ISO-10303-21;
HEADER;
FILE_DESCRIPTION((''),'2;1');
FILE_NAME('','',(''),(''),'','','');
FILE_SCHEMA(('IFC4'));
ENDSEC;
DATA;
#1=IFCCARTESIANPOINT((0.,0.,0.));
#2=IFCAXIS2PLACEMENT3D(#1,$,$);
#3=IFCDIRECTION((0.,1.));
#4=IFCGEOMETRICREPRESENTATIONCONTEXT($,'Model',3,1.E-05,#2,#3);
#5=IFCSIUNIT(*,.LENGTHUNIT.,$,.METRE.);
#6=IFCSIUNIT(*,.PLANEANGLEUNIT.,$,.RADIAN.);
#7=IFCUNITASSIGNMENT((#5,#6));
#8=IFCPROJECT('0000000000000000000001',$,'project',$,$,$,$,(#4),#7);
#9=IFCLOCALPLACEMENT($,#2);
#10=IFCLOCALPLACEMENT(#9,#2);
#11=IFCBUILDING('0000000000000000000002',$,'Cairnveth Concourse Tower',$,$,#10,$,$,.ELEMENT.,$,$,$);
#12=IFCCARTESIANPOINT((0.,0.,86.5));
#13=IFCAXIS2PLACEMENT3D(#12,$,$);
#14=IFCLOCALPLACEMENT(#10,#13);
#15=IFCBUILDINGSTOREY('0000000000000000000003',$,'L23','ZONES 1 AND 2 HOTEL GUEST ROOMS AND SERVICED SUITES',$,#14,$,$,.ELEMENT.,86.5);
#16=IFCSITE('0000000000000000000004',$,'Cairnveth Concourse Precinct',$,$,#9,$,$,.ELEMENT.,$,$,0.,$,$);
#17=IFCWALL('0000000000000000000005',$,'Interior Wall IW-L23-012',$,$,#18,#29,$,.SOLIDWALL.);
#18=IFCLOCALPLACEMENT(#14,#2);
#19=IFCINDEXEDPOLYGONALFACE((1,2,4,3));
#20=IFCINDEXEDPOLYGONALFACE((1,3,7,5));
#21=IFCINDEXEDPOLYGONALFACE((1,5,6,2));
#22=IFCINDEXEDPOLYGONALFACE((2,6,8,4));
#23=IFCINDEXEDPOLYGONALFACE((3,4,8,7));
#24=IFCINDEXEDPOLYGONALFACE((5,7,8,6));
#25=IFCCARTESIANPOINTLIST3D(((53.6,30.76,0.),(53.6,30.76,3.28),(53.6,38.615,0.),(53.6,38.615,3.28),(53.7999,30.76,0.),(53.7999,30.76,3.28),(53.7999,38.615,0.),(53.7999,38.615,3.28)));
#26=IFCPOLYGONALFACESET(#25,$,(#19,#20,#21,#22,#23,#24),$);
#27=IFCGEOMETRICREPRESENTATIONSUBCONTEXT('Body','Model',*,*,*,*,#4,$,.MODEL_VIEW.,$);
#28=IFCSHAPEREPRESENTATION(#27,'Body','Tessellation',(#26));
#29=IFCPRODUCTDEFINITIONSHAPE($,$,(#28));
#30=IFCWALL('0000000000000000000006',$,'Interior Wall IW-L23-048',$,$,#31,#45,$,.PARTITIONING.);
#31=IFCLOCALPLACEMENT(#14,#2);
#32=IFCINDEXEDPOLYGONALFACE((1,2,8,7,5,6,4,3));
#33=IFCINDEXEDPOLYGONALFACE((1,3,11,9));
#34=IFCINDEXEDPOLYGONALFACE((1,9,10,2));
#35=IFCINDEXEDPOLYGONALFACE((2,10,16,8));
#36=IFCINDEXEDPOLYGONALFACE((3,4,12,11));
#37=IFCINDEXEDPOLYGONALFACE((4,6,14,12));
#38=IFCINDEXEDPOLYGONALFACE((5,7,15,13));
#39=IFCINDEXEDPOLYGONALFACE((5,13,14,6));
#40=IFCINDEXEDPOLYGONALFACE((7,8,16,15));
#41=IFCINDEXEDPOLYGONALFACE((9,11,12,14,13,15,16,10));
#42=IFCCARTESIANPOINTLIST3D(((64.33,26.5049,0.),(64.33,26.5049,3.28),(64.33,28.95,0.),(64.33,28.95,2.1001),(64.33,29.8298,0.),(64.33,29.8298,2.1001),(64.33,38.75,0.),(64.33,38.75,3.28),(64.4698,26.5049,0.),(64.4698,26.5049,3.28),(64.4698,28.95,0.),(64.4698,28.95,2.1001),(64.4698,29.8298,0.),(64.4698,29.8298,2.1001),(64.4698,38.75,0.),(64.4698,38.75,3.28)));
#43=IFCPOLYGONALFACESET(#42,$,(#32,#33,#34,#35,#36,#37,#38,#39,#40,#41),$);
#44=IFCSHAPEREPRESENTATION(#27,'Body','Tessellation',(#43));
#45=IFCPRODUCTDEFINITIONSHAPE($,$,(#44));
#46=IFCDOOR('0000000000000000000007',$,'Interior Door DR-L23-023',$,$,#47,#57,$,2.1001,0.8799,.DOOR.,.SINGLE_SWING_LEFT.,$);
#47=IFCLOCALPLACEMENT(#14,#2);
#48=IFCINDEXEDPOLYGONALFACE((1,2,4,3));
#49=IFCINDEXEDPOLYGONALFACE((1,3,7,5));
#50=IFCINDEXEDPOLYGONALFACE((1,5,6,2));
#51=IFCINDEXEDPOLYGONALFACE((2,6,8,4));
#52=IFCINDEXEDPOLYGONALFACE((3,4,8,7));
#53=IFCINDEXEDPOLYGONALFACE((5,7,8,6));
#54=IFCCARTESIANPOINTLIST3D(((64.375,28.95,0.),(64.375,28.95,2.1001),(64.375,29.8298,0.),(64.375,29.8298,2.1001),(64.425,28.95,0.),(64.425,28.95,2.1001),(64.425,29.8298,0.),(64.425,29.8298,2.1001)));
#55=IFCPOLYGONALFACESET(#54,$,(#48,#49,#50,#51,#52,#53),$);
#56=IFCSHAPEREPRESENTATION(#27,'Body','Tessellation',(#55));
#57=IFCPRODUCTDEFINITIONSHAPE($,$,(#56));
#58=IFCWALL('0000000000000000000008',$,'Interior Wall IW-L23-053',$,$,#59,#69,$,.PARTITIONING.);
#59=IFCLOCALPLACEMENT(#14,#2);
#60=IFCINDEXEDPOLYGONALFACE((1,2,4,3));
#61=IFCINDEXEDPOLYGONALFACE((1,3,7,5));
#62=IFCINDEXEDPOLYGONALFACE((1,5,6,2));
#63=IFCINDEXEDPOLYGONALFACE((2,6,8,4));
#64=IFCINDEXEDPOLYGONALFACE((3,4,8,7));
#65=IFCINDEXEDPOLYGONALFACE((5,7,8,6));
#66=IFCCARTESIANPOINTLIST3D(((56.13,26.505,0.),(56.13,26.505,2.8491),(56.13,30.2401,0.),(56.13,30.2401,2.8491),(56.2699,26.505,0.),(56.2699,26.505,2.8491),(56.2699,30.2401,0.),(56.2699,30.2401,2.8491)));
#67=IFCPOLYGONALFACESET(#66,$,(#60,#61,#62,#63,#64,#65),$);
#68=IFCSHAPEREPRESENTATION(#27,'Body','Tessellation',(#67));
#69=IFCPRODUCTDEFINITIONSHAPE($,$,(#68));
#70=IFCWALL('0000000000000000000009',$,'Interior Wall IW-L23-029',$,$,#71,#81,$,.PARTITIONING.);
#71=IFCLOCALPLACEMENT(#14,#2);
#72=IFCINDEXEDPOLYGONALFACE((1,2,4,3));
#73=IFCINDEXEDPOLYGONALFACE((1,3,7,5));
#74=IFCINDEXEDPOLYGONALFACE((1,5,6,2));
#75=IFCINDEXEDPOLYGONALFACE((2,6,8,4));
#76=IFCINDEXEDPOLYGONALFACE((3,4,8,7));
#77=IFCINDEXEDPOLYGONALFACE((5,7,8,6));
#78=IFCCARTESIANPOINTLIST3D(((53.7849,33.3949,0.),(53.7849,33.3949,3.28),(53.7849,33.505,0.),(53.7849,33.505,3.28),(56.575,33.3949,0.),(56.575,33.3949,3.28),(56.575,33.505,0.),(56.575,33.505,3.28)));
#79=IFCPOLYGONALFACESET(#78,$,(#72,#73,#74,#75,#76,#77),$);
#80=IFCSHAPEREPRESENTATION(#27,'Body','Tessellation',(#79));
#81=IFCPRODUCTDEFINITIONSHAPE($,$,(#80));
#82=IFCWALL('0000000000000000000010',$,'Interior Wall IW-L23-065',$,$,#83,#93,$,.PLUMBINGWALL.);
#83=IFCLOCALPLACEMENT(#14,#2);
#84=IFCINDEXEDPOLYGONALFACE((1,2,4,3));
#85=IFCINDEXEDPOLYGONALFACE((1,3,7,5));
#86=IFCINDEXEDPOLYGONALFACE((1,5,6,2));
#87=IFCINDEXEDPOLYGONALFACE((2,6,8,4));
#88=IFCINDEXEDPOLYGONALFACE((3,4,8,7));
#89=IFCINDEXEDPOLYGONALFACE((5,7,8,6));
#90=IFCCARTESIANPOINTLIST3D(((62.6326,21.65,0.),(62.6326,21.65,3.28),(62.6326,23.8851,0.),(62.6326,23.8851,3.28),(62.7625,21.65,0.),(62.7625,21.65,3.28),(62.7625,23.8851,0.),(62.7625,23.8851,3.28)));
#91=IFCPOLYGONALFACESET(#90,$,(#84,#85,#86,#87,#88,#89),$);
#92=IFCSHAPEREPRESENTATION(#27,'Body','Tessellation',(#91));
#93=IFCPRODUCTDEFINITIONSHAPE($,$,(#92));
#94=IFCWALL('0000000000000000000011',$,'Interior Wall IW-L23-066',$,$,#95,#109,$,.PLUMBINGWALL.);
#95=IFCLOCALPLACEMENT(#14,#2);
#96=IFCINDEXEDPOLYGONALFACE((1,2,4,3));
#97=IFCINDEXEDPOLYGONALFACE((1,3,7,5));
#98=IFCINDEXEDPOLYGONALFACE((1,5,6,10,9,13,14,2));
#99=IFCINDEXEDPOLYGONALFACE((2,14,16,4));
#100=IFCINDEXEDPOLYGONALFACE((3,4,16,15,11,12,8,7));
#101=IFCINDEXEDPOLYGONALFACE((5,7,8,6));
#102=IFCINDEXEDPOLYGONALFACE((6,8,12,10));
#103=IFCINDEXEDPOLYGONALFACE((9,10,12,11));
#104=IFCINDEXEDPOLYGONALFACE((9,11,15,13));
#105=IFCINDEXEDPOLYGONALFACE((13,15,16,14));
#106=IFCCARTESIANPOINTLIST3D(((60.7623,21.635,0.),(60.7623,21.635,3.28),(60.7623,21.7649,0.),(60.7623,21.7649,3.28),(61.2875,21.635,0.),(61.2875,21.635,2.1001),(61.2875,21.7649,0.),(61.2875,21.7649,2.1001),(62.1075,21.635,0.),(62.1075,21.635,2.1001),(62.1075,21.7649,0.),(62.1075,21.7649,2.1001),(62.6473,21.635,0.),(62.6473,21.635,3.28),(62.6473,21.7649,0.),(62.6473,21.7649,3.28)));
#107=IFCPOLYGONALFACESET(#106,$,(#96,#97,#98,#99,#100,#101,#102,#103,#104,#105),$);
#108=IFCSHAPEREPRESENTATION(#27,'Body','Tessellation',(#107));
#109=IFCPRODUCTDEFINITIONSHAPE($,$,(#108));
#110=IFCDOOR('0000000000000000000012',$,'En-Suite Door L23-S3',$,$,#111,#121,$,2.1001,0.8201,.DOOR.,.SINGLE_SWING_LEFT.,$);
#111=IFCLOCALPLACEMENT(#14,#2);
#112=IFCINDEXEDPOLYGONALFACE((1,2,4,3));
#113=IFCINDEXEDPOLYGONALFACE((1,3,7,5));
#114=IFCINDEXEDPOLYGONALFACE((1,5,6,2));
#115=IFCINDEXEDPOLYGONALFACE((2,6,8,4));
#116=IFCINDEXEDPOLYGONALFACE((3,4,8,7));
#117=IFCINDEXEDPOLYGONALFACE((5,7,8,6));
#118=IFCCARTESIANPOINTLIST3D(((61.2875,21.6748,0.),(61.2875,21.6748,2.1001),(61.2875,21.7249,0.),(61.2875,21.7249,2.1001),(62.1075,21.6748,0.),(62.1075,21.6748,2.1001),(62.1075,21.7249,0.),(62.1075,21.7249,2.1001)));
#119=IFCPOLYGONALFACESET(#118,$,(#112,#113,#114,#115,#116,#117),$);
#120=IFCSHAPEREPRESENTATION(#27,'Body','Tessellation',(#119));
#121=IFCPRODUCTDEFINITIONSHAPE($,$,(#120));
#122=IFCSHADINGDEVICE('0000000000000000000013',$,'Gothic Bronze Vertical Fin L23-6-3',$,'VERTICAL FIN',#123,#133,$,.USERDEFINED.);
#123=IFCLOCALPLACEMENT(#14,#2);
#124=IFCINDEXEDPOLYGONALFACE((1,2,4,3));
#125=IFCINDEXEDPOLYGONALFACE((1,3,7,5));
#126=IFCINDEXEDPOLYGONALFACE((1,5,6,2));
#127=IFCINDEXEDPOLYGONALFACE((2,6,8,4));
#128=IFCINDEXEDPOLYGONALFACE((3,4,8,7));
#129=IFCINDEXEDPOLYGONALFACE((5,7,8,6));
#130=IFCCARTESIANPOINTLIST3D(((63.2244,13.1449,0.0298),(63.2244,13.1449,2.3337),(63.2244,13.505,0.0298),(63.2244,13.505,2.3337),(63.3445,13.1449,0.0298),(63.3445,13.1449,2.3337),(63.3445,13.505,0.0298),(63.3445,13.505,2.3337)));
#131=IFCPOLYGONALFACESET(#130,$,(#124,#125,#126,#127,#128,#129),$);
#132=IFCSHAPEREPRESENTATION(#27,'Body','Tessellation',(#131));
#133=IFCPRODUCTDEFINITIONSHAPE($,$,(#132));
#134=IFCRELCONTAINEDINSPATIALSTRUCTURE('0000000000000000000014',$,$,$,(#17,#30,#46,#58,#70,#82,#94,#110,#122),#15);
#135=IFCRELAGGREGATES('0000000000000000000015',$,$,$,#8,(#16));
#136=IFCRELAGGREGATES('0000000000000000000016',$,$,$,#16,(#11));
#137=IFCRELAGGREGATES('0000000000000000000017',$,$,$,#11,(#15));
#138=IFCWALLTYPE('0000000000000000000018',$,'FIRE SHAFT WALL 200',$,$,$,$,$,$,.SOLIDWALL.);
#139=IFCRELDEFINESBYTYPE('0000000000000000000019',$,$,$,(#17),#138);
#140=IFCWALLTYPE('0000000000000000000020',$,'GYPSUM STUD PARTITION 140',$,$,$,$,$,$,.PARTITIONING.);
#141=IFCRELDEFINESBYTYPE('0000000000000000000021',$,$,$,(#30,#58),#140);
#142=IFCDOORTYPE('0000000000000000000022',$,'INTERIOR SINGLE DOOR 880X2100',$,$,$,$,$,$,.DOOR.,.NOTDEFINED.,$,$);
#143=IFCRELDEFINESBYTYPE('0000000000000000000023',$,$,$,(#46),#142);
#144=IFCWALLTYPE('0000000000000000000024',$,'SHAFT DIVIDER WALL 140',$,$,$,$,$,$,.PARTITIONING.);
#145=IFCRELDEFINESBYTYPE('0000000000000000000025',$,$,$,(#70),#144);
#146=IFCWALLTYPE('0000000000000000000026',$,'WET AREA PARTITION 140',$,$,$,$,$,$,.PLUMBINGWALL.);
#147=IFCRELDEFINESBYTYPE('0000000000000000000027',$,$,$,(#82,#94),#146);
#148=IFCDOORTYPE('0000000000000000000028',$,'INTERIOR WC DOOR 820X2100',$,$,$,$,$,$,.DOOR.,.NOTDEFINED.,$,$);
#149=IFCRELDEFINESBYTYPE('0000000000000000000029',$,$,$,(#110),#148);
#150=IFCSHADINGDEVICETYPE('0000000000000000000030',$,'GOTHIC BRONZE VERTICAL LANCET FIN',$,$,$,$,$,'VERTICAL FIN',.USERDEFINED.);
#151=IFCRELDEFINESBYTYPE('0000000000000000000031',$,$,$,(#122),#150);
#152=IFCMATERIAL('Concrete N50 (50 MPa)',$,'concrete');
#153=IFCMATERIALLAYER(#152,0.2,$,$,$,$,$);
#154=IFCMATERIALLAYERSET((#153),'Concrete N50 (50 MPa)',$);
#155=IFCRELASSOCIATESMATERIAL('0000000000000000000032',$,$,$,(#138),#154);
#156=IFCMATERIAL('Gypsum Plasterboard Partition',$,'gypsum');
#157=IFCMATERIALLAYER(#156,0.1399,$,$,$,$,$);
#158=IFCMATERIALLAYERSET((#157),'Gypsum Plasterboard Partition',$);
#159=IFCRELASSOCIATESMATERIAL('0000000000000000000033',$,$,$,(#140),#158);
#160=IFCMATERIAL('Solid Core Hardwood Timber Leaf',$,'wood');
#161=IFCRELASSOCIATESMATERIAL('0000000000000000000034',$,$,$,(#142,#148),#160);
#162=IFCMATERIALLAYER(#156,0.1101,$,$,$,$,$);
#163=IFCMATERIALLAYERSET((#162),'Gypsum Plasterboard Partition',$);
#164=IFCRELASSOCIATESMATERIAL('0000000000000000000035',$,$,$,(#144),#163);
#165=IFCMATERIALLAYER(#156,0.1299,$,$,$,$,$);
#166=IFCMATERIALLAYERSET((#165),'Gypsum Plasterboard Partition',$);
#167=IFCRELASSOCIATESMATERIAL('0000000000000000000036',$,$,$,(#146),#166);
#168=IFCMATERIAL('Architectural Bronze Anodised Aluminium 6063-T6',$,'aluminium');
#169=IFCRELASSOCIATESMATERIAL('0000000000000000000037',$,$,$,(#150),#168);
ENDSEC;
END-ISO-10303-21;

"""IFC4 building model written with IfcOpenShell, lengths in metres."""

from ifc_helpers import new_model, si_unit, direction, frame, frame_2d, origin, origin_2d, place, context, subcontext, project, spatial, rectangle, extrude, material, layer, layer_set, type_object, element, fill, save


model = new_model("IFC4")

# Units and contexts
model_context = context("Model", 3, precision=1e-05, world=origin(), true_north=direction((0.0, 1.0)))
body_context = subcontext(model_context, "Body", "Model", "MODEL_VIEW")
ifc_project = project(units=[si_unit("LENGTHUNIT", "METRE"), si_unit("PLANEANGLEUNIT", "RADIAN")], contexts=[model_context])

# Site, building, storey
site_placement = place(None, origin())
site = spatial("IfcSite", under=ifc_project, at=site_placement, Name="Cairnveth Concourse Precinct", CompositionType="ELEMENT", RefElevation=0.0)
building_placement = place(site_placement, origin())
building = spatial("IfcBuilding", under=site, at=building_placement, Name="Cairnveth Concourse Tower", CompositionType="ELEMENT")
storey_placement = place(building_placement, frame((0.0, 0.0, 86.5)))
storey = spatial("IfcBuildingStorey", under=building, at=storey_placement, Name="L23", Description="ZONES 1 AND 2 HOTEL GUEST ROOMS AND SERVICED SUITES", CompositionType="ELEMENT", Elevation=86.5)

# Wall
ifc_material_1 = material(Name="Gypsum Plasterboard Partition", Category="gypsum")
ifc_material_2 = material(Name="Concrete N50 (50 MPa)", Category="concrete")
ifc_layer_1 = layer(ifc_material_2, 0.2)
ifc_layer_set_1 = layer_set([ifc_layer_1], Name="Concrete N50 (50 MPa)")
wall_type_1 = type_object("IfcWallType", Name="FIRE SHAFT WALL 200", PredefinedType="SOLIDWALL", material=ifc_layer_set_1)
wall_1_placement = place(storey_placement, frame((53.7, 30.76, 0.0), z_axis=(0.0, 0.0, 1.0), x_axis=(0.0, 1.0, 0.0)))
element("IfcWall", 1, at=wall_1_placement, inside=storey, type_object=wall_type_1, Name="Interior Wall IW-L23-012", PredefinedType="SOLIDWALL", context=body_context, shape_type="SweptSolid", body=[
    extrude(rectangle(XDim=7.855, YDim=0.2, at=frame_2d((3.9275, 0.0))), origin(), (0.0, 0.0, 1.0), 3.28),
])

# Wall, opening, door
ifc_layer_2 = layer(ifc_material_1, 0.1399)
ifc_layer_set_2 = layer_set([ifc_layer_2], Name="Gypsum Plasterboard Partition")
wall_type_2 = type_object("IfcWallType", Name="GYPSUM STUD PARTITION 140", PredefinedType="PARTITIONING", material=ifc_layer_set_2)
wall_2_placement = place(storey_placement, frame((64.3999, 26.5049, 0.0), z_axis=(0.0, 0.0, 1.0), x_axis=(0.0, 1.0, 0.0)))
wall_2 = element("IfcWall", 2, at=wall_2_placement, inside=storey, type_object=wall_type_2, Name="Interior Wall IW-L23-048", PredefinedType="PARTITIONING", context=body_context, shape_type="SweptSolid", body=[
    extrude(rectangle(XDim=12.2451, YDim=0.1399, at=frame_2d((6.1226, 0.0))), origin(), (0.0, 0.0, 1.0), 3.28),
])
opening_1_placement = place(wall_2_placement, frame((2.4451, 0.0, 0.0)))
opening_1 = element("IfcOpeningElement", 3, at=opening_1_placement, cuts=wall_2, PredefinedType="OPENING", context=body_context, shape_type="SweptSolid", body=[
    extrude(rectangle(XDim=0.8799, YDim=2.1001, at=frame_2d((0.4399, 1.05))), frame((0.0, 0.0798, 0.0), z_axis=(0.0, -1.0, 0.0), x_axis=(1.0, 0.0, 0.0)), (0.0, 0.0, 1.0), 0.1599),
])
ifc_material_3 = material(Name="Solid Core Hardwood Timber Leaf", Category="wood")
door_type_1 = type_object("IfcDoorType", Name="INTERIOR SINGLE DOOR 880X2100", OperationType="NOTDEFINED", PredefinedType="DOOR", material=ifc_material_3)
door_1_placement = place(opening_1_placement, origin())
door_1 = element("IfcDoor", 4, at=door_1_placement, inside=storey, type_object=door_type_1, Name="Interior Door DR-L23-023", OperationType="SINGLE_SWING_LEFT", OverallHeight=2.1001, OverallWidth=0.8799, PredefinedType="DOOR", context=body_context, shape_type="SweptSolid", body=[
    extrude(rectangle(XDim=0.8799, YDim=2.1001, at=frame_2d((0.4399, 1.05))), frame((0.0, 0.0249, 0.0), z_axis=(0.0, -1.0, 0.0), x_axis=(1.0, 0.0, 0.0)), (0.0, 0.0, 1.0), 0.05),
])
fill(opening_1, door_1)

# Walls
wall_3_placement = place(storey_placement, frame((56.2, 26.5049, 0.0), z_axis=(0.0, 0.0, 1.0), x_axis=(0.0, 1.0, 0.0)))
element("IfcWall", 5, at=wall_3_placement, inside=storey, type_object=wall_type_2, Name="Interior Wall IW-L23-053", PredefinedType="PARTITIONING", context=body_context, shape_type="SweptSolid", body=[
    extrude(rectangle(XDim=3.7351, YDim=0.1399, at=frame_2d((1.8677, 0.0))), origin(), (0.0, 0.0, 1.0), 2.8491),
])
ifc_layer_3 = layer(ifc_material_1, 0.1101)
ifc_layer_set_3 = layer_set([ifc_layer_3], Name="Gypsum Plasterboard Partition")
wall_type_3 = type_object("IfcWallType", Name="SHAFT DIVIDER WALL 140", PredefinedType="PARTITIONING", material=ifc_layer_set_3)
wall_4_placement = place(storey_placement, frame((53.7849, 33.45, 0.0), z_axis=(0.0, 0.0, 1.0), x_axis=(1.0, 0.0, 0.0)))
element("IfcWall", 6, at=wall_4_placement, inside=storey, type_object=wall_type_3, Name="Interior Wall IW-L23-029", PredefinedType="PARTITIONING", context=body_context, shape_type="SweptSolid", body=[
    extrude(rectangle(XDim=2.79, YDim=0.1101, at=frame_2d((1.395, 0.0))), origin(), (0.0, 0.0, 1.0), 3.28),
])
ifc_layer_4 = layer(ifc_material_1, 0.1299)
ifc_layer_set_4 = layer_set([ifc_layer_4], Name="Gypsum Plasterboard Partition")
wall_type_4 = type_object("IfcWallType", Name="WET AREA PARTITION 140", PredefinedType="PLUMBINGWALL", material=ifc_layer_set_4)
wall_5_placement = place(storey_placement, frame((62.6975, 21.6499, 0.0), z_axis=(0.0, 0.0, 1.0), x_axis=(0.0, 1.0, 0.0)))
element("IfcWall", 7, at=wall_5_placement, inside=storey, type_object=wall_type_4, Name="Interior Wall IW-L23-065", PredefinedType="PLUMBINGWALL", context=body_context, shape_type="SweptSolid", body=[
    extrude(rectangle(XDim=2.2351, YDim=0.1299, at=frame_2d((1.1177, 0.0))), origin(), (0.0, 0.0, 1.0), 3.28),
])

# Wall, opening, door
wall_6_placement = place(storey_placement, frame((60.7625, 21.7, 0.0), z_axis=(0.0, 0.0, 1.0), x_axis=(1.0, 0.0, 0.0)))
wall_6 = element("IfcWall", 8, at=wall_6_placement, inside=storey, type_object=wall_type_4, Name="Interior Wall IW-L23-066", PredefinedType="PLUMBINGWALL", context=body_context, shape_type="SweptSolid", body=[
    extrude(rectangle(XDim=1.885, YDim=0.1299, at=frame_2d((0.9424, 0.0))), origin(), (0.0, 0.0, 1.0), 3.28),
])
opening_2_placement = place(wall_6_placement, frame((0.5249, 0.0, 0.0)))
opening_2 = element("IfcOpeningElement", 9, at=opening_2_placement, cuts=wall_6, PredefinedType="OPENING", context=body_context, shape_type="SweptSolid", body=[
    extrude(rectangle(XDim=0.8201, YDim=2.1001, at=frame_2d((0.4102, 1.05))), frame((0.0, 0.075, 0.0), z_axis=(0.0, -1.0, 0.0), x_axis=(1.0, 0.0, 0.0)), (0.0, 0.0, 1.0), 0.1499),
])
door_type_2 = type_object("IfcDoorType", Name="INTERIOR WC DOOR 820X2100", OperationType="NOTDEFINED", PredefinedType="DOOR", material=ifc_material_3)
door_2_placement = place(opening_2_placement, origin())
door_2 = element("IfcDoor", 10, at=door_2_placement, inside=storey, type_object=door_type_2, Name="En-Suite Door L23-S3", OperationType="SINGLE_SWING_LEFT", OverallHeight=2.1001, OverallWidth=0.8201, PredefinedType="DOOR", context=body_context, shape_type="SweptSolid", body=[
    extrude(rectangle(XDim=0.8201, YDim=2.1001, at=frame_2d((0.4102, 1.05))), frame((0.0, 0.0249, 0.0), z_axis=(0.0, -1.0, 0.0), x_axis=(1.0, 0.0, 0.0)), (0.0, 0.0, 1.0), 0.05),
])
fill(opening_2, door_2)

# Shading device
ifc_material_4 = material(Name="Architectural Bronze Anodised Aluminium 6063-T6", Category="aluminium")
shading_device_type = type_object("IfcShadingDeviceType", Name="GOTHIC BRONZE VERTICAL LANCET FIN", ElementType="VERTICAL FIN", PredefinedType="USERDEFINED", material=ifc_material_4)
shading_device_placement = place(storey_placement, frame((63.2844, 13.325, 0.0298), z_axis=(0.0, 0.0, 1.0), x_axis=(1.0, 0.0, 0.0)))
element("IfcShadingDevice", 11, at=shading_device_placement, inside=storey, type_object=shading_device_type, Name="Gothic Bronze Vertical Fin L23-6-3", ObjectType="VERTICAL FIN", PredefinedType="USERDEFINED", context=body_context, shape_type="SweptSolid", body=[
    extrude(rectangle(XDim=0.1201, YDim=0.3601, at=origin_2d()), origin(), (0.0, 0.0, 1.0), 2.304),
])

save(model, "model.ifc")
